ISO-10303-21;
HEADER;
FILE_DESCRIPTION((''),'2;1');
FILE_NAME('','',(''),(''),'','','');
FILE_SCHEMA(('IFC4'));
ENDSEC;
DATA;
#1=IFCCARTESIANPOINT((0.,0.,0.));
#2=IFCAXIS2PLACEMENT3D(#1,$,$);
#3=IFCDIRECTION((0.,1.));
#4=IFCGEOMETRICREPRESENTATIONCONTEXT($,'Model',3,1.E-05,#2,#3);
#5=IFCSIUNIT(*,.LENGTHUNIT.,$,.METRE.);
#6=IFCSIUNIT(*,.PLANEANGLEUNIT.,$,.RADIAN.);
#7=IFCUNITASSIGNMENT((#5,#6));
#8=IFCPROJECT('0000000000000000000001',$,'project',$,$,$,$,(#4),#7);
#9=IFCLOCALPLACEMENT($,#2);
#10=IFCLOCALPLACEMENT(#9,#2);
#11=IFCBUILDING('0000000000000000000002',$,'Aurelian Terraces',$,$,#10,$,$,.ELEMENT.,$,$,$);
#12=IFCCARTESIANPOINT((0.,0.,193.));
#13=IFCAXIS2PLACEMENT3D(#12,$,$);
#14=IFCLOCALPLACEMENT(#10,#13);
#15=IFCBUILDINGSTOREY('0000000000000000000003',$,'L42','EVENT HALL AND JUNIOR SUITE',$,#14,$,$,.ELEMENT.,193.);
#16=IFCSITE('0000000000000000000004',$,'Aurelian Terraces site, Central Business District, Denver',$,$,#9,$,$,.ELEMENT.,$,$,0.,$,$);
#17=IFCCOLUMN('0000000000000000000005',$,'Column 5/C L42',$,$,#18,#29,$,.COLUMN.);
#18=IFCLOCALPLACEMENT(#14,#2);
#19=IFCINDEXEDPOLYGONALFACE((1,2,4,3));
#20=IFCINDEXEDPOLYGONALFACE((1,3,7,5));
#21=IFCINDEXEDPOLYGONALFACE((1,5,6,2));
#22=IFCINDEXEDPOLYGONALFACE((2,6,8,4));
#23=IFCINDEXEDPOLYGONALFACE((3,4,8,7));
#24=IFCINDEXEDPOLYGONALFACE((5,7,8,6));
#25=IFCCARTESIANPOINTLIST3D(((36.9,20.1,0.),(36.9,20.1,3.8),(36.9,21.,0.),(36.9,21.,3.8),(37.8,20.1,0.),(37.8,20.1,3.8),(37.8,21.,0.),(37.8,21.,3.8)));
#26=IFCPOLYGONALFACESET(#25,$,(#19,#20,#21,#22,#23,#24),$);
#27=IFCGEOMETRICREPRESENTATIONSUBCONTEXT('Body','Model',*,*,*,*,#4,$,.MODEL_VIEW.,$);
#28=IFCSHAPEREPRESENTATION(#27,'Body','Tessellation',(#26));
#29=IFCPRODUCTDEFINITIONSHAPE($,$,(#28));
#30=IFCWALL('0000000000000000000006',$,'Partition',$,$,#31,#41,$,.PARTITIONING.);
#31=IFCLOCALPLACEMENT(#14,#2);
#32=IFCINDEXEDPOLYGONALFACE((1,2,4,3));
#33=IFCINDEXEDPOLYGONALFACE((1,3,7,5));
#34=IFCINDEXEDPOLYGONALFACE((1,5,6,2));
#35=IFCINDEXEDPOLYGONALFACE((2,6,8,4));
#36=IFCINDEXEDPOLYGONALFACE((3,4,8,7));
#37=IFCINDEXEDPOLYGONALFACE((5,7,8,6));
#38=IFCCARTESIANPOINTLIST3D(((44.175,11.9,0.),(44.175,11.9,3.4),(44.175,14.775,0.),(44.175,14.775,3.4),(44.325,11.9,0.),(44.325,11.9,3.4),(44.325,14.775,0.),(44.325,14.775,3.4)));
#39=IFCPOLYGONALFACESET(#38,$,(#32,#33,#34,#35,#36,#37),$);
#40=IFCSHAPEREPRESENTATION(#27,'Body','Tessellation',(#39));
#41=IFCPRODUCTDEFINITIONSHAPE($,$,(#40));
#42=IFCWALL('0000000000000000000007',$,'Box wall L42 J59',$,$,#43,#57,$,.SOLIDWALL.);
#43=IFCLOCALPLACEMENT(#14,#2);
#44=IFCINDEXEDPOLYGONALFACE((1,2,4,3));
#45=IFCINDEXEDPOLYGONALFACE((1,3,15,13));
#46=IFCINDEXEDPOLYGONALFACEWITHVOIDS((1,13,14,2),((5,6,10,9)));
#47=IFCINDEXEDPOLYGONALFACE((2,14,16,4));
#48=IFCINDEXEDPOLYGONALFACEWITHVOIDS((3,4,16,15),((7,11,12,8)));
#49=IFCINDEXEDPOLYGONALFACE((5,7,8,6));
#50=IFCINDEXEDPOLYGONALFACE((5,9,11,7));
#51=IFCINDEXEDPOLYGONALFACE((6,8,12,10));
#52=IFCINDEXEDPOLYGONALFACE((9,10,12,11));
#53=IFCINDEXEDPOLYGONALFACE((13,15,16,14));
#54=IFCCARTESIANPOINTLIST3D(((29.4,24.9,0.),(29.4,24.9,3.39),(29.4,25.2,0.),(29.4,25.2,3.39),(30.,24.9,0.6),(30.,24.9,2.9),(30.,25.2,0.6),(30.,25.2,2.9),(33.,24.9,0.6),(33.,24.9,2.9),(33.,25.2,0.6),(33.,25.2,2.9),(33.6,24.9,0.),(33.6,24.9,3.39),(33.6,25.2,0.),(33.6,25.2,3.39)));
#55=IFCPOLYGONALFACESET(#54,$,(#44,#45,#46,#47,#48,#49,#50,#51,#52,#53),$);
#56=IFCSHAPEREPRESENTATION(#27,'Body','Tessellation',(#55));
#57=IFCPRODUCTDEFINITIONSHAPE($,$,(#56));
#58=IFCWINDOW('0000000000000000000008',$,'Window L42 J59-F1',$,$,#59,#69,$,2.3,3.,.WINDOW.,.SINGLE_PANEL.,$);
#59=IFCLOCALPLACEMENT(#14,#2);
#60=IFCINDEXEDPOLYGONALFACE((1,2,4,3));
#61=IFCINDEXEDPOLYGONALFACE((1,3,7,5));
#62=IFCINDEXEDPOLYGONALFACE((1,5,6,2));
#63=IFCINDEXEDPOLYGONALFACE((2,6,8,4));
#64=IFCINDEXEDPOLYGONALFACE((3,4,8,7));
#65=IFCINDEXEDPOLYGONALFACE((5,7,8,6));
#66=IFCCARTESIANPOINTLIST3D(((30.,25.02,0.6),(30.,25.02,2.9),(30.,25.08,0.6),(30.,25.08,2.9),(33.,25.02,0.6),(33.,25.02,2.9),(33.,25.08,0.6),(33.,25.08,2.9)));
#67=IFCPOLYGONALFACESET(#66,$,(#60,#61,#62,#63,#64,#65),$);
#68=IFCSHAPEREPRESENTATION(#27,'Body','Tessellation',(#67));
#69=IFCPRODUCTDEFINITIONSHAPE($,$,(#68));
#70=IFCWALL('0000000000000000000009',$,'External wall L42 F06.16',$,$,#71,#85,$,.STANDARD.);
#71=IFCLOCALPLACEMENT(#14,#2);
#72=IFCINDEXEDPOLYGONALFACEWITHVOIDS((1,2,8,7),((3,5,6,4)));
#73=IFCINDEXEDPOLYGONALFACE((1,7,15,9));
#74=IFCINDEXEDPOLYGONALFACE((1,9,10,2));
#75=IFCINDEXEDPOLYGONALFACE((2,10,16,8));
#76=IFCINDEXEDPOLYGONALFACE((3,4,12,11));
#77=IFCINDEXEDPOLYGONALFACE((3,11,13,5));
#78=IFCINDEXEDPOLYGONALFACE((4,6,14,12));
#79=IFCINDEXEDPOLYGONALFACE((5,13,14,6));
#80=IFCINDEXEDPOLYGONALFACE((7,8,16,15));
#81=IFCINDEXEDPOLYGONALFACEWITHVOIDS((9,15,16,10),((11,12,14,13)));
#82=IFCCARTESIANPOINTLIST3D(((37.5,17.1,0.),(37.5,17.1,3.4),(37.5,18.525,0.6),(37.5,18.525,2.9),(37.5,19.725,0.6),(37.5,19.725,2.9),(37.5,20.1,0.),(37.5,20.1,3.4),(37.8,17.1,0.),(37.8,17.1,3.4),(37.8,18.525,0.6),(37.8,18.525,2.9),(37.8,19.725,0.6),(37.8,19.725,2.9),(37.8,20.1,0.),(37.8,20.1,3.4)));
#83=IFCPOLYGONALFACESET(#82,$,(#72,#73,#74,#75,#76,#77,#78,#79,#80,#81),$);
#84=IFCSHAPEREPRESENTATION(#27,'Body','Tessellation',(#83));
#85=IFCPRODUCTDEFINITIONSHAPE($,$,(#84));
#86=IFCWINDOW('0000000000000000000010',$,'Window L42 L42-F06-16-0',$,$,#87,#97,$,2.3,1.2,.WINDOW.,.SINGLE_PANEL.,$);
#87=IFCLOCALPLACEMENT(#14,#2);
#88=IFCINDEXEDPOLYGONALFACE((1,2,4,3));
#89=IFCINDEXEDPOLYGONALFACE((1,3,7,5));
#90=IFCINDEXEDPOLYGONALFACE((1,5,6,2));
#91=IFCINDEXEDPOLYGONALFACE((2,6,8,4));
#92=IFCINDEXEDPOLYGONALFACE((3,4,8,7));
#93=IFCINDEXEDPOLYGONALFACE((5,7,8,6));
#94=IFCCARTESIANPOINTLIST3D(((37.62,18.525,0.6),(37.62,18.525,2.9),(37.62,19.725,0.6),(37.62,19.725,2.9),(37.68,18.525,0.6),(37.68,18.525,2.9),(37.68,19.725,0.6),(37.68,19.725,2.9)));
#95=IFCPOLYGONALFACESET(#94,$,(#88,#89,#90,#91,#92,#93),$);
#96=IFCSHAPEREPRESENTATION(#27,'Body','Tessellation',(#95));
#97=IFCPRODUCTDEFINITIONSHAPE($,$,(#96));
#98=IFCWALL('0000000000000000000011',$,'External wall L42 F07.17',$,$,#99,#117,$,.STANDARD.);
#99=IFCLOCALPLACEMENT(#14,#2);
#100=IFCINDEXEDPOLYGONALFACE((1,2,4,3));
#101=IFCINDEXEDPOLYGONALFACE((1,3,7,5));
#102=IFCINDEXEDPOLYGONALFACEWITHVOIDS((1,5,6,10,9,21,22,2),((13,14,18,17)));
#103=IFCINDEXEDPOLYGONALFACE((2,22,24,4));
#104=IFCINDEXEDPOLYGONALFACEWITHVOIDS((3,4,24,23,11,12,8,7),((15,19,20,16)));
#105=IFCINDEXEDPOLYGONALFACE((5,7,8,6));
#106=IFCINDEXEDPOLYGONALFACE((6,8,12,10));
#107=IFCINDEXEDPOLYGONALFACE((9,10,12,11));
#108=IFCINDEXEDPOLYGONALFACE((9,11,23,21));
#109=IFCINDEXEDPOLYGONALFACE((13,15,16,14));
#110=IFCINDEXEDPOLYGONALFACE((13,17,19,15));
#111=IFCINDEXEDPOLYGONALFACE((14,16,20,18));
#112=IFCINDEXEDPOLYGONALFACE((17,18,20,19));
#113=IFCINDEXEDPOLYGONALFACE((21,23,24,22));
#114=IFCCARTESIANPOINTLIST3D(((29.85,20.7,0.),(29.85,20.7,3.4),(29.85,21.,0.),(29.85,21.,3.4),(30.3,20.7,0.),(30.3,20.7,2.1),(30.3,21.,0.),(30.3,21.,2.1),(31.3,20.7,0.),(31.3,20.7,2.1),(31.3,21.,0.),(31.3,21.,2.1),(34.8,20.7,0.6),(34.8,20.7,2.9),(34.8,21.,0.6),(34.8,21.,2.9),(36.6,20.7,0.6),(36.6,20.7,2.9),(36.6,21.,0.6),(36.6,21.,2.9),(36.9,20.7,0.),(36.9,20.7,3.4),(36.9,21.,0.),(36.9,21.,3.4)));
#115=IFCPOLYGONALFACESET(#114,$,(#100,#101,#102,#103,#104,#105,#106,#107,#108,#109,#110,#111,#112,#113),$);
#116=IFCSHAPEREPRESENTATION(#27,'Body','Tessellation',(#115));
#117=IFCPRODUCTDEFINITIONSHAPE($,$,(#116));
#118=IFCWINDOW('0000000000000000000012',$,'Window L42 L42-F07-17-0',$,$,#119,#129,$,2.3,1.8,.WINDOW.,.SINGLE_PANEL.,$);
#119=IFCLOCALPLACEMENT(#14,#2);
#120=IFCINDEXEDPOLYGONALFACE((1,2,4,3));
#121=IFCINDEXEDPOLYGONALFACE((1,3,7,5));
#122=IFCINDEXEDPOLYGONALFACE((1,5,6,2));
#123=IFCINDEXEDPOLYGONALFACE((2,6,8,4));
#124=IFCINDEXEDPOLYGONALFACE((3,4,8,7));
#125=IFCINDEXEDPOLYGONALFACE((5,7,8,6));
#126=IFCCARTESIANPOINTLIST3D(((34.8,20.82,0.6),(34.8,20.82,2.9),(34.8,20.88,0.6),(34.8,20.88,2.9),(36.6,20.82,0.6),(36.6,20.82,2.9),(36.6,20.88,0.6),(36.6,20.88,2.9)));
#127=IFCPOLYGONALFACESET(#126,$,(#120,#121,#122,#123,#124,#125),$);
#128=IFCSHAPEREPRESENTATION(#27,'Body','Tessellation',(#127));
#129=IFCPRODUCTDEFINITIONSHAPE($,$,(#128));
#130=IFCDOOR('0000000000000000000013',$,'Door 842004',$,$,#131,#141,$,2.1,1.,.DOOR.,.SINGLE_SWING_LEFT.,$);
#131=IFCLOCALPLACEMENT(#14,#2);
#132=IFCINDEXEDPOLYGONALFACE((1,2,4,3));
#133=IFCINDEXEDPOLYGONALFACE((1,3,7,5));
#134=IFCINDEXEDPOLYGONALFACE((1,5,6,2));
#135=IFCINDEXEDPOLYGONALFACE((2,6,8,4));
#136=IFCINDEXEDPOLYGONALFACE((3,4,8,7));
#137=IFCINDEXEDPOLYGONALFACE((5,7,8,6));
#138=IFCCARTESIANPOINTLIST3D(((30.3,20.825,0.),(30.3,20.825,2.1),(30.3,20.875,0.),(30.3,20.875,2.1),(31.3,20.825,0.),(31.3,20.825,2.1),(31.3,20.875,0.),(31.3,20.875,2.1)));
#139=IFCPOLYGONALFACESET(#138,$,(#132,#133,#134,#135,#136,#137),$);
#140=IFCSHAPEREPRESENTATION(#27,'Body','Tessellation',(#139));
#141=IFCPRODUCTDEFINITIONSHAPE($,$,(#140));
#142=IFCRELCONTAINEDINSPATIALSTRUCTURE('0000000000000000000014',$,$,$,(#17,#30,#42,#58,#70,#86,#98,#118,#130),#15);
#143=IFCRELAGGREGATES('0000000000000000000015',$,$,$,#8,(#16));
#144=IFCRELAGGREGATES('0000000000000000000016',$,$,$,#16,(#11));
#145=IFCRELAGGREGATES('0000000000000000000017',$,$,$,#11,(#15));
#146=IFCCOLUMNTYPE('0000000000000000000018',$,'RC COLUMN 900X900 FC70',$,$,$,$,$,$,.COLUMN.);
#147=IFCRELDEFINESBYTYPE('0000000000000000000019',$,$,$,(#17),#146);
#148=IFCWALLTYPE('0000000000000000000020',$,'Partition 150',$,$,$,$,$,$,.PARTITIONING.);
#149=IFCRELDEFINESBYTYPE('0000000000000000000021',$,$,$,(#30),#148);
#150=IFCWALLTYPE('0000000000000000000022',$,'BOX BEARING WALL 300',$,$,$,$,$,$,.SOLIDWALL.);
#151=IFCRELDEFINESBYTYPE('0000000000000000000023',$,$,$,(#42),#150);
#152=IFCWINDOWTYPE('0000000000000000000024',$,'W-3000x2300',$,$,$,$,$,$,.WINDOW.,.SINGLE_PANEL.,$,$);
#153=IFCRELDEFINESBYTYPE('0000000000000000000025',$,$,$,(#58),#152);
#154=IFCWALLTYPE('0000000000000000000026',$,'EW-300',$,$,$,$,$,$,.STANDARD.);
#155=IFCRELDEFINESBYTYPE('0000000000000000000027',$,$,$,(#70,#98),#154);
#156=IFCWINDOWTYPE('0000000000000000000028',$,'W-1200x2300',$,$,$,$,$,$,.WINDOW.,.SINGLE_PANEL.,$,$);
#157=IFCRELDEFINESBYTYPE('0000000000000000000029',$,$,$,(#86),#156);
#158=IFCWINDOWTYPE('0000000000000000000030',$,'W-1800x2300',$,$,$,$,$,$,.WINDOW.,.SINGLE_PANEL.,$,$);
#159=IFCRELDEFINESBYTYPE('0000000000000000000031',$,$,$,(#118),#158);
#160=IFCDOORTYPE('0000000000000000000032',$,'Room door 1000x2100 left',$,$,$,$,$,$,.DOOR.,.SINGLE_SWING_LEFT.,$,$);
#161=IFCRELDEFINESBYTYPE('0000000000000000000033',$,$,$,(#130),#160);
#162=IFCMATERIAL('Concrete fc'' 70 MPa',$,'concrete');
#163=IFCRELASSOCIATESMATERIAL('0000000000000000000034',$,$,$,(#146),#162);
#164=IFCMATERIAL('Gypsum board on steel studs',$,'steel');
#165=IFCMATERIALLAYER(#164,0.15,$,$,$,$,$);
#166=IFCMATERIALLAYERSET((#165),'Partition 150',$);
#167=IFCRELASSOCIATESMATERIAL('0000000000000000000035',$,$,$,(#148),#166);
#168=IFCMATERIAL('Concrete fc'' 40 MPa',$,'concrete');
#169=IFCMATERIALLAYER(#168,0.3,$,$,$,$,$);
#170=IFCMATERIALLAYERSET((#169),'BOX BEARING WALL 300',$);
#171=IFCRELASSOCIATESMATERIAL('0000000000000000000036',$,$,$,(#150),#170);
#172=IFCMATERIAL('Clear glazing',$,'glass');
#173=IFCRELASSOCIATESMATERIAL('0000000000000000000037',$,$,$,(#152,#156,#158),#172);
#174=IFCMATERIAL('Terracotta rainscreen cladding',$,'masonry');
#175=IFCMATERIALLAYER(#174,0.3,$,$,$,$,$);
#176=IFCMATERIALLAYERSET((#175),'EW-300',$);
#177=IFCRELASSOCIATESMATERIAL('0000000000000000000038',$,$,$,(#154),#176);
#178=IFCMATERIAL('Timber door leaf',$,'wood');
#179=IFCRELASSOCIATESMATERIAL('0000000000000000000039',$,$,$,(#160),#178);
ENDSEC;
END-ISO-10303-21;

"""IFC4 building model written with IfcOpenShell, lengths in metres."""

from ifc_helpers import new_model, si_unit, direction, frame, frame_2d, origin, origin_2d, place, context, subcontext, project, spatial, rectangle, extrude, source, transform, mapped, material, layer, layer_set, material_profile, profile_set, type_object, element, fill, save


model = new_model("IFC4")

# Units and contexts
model_context = context("Model", 3, precision=1e-05, world=origin(), true_north=direction((0.0, 1.0)))
body_context = subcontext(model_context, "Body", "Model", "MODEL_VIEW")
ifc_project = project(units=[si_unit("LENGTHUNIT", "METRE"), si_unit("PLANEANGLEUNIT", "RADIAN")], contexts=[model_context])

# Site, building, storey
site_placement = place(None, origin())
site = spatial("IfcSite", under=ifc_project, at=site_placement, Name="Aurelian Terraces site, Central Business District, Denver", CompositionType="ELEMENT", RefElevation=0.0)
building_placement = place(site_placement, origin())
building = spatial("IfcBuilding", under=site, at=building_placement, Name="Aurelian Terraces", CompositionType="ELEMENT")
storey_placement = place(building_placement, frame((0.0, 0.0, 193.0)))
storey = spatial("IfcBuildingStorey", under=building, at=storey_placement, Name="L42", Description="EVENT HALL AND JUNIOR SUITE", CompositionType="ELEMENT", Elevation=193.0)

# Column
ifc_material_1 = material(Name="Concrete fc' 70 MPa", Category="concrete")
ifc_material_profile = material_profile(ifc_material_1, rectangle(XDim=0.9, YDim=0.9, at=origin_2d()))
ifc_profile_set = profile_set([ifc_material_profile], Name="Concrete fc' 70 MPa")
column_type = type_object("IfcColumnType", Name="RC COLUMN 900X900 FC70", PredefinedType="COLUMN", material=ifc_profile_set)
shared_shape_1 = source(origin(), body_context, "Body", "SweptSolid", [
    extrude(rectangle(XDim=0.9, YDim=0.9, at=origin_2d()), origin(), (0.0, 0.0, 1.0), 3.8),
])
column_placement = place(storey_placement, frame((37.35, 20.55, 0.0), z_axis=(0.0, 0.0, 1.0), x_axis=(1.0, 0.0, 0.0)))
element("IfcColumn", 1, at=column_placement, inside=storey, type_object=column_type, Name="Column 5/C L42", PredefinedType="COLUMN", context=body_context, shape_type="MappedRepresentation", body=[
    mapped(shared_shape_1, transform((0.0, 0.0, 0.0), scale=1.0)),
])

# Wall
ifc_material_2 = material(Name="Gypsum board on steel studs", Category="steel")
ifc_layer_1 = layer(ifc_material_2, 0.15)
ifc_layer_set_1 = layer_set([ifc_layer_1], Name="Partition 150")
wall_type_1 = type_object("IfcWallType", Name="Partition 150", PredefinedType="PARTITIONING", material=ifc_layer_set_1)
wall_1_placement = place(storey_placement, frame((44.25, 11.9, 0.0), z_axis=(0.0, 0.0, 1.0), x_axis=(0.0, 1.0, 0.0)))
element("IfcWall", 2, at=wall_1_placement, inside=storey, type_object=wall_type_1, Name="Partition", PredefinedType="PARTITIONING", context=body_context, shape_type="SweptSolid", body=[
    extrude(rectangle(XDim=2.875, YDim=0.15, at=frame_2d((1.4375, 0.0))), origin(), (0.0, 0.0, 1.0), 3.4),
])

# Walls, openings, windows
ifc_material_3 = material(Name="Concrete fc' 40 MPa", Category="concrete")
ifc_layer_2 = layer(ifc_material_3, 0.3)
ifc_layer_set_2 = layer_set([ifc_layer_2], Name="BOX BEARING WALL 300")
wall_type_2 = type_object("IfcWallType", Name="BOX BEARING WALL 300", PredefinedType="SOLIDWALL", material=ifc_layer_set_2)
shared_shape_2 = source(origin(), body_context, "Body", "SweptSolid", [
    extrude(rectangle(XDim=4.2, YDim=0.3, at=frame_2d((2.1, 0.0))), origin(), (0.0, 0.0, 1.0), 3.39),
])
wall_2_placement = place(storey_placement, frame((33.6, 25.05, 0.0), z_axis=(0.0, 0.0, 1.0), x_axis=(-1.0, 0.0, 0.0)))
wall_2 = element("IfcWall", 3, at=wall_2_placement, inside=storey, type_object=wall_type_2, Name="Box wall L42 J59", PredefinedType="SOLIDWALL", context=body_context, shape_type="MappedRepresentation", body=[
    mapped(shared_shape_2, transform((0.0, 0.0, 0.0), scale=1.0)),
])
shared_shape_3 = source(origin(), body_context, "Body", "SweptSolid", [
    extrude(rectangle(XDim=3.0, YDim=2.3, at=frame_2d((1.5, 1.15))), frame((0.0, 0.16, 0.0), z_axis=(0.0, -1.0, 0.0), x_axis=(1.0, 0.0, 0.0)), (0.0, 0.0, 1.0), 0.32),
])
opening_1_placement = place(wall_2_placement, frame((0.6, 0.0, 0.6)))
opening_1 = element("IfcOpeningElement", 4, at=opening_1_placement, cuts=wall_2, PredefinedType="OPENING", context=body_context, shape_type="MappedRepresentation", body=[
    mapped(shared_shape_3, transform((0.0, 0.0, 0.0), scale=1.0)),
])
ifc_material_4 = material(Name="Clear glazing", Category="glass")
window_type_1 = type_object("IfcWindowType", Name="W-3000x2300", PartitioningType="SINGLE_PANEL", PredefinedType="WINDOW", material=ifc_material_4)
shared_shape_4 = source(origin(), body_context, "Body", "SweptSolid", [
    extrude(rectangle(XDim=3.0, YDim=2.3, at=frame_2d((1.5, 1.15))), frame((0.0, 0.03, 0.0), z_axis=(0.0, -1.0, 0.0), x_axis=(1.0, 0.0, 0.0)), (0.0, 0.0, 1.0), 0.06),
])
window_1_placement = place(opening_1_placement, origin())
window_1 = element("IfcWindow", 5, at=window_1_placement, inside=storey, type_object=window_type_1, Name="Window L42 J59-F1", OverallHeight=2.3, OverallWidth=3.0, PartitioningType="SINGLE_PANEL", PredefinedType="WINDOW", context=body_context, shape_type="MappedRepresentation", body=[
    mapped(shared_shape_4, transform((0.0, 0.0, 0.0), scale=1.0)),
])
fill(opening_1, window_1)
ifc_material_5 = material(Name="Terracotta rainscreen cladding", Category="masonry")
ifc_layer_3 = layer(ifc_material_5, 0.3)
ifc_layer_set_3 = layer_set([ifc_layer_3], Name="EW-300")
wall_type_3 = type_object("IfcWallType", Name="EW-300", PredefinedType="STANDARD", material=ifc_layer_set_3)
shared_shape_5 = source(origin(), body_context, "Body", "SweptSolid", [
    extrude(rectangle(XDim=3.0, YDim=0.3, at=frame_2d((1.5, 0.0))), origin(), (0.0, 0.0, 1.0), 3.4),
])
wall_3_placement = place(storey_placement, frame((37.65, 17.1, 0.0), z_axis=(0.0, 0.0, 1.0), x_axis=(0.0, 1.0, 0.0)))
wall_3 = element("IfcWall", 6, at=wall_3_placement, inside=storey, type_object=wall_type_3, Name="External wall L42 F06.16", PredefinedType="STANDARD", context=body_context, shape_type="MappedRepresentation", body=[
    mapped(shared_shape_5, transform((0.0, 0.0, 0.0), scale=1.0)),
])
shared_shape_6 = source(origin(), body_context, "Body", "SweptSolid", [
    extrude(rectangle(XDim=1.2, YDim=2.3, at=frame_2d((0.6, 1.15))), frame((0.0, 0.16, 0.0), z_axis=(0.0, -1.0, 0.0), x_axis=(1.0, 0.0, 0.0)), (0.0, 0.0, 1.0), 0.32),
])
opening_2_placement = place(wall_3_placement, frame((1.425, 0.0, 0.6)))
opening_2 = element("IfcOpeningElement", 7, at=opening_2_placement, cuts=wall_3, PredefinedType="OPENING", context=body_context, shape_type="MappedRepresentation", body=[
    mapped(shared_shape_6, transform((0.0, 0.0, 0.0), scale=1.0)),
])
window_type_2 = type_object("IfcWindowType", Name="W-1200x2300", PartitioningType="SINGLE_PANEL", PredefinedType="WINDOW", material=ifc_material_4)
shared_shape_7 = source(origin(), body_context, "Body", "SweptSolid", [
    extrude(rectangle(XDim=1.2, YDim=2.3, at=frame_2d((0.6, 1.15))), frame((0.0, 0.03, 0.0), z_axis=(0.0, -1.0, 0.0), x_axis=(1.0, 0.0, 0.0)), (0.0, 0.0, 1.0), 0.06),
])
window_2_placement = place(opening_2_placement, origin())
window_2 = element("IfcWindow", 8, at=window_2_placement, inside=storey, type_object=window_type_2, Name="Window L42 L42-F06-16-0", OverallHeight=2.3, OverallWidth=1.2, PartitioningType="SINGLE_PANEL", PredefinedType="WINDOW", context=body_context, shape_type="MappedRepresentation", body=[
    mapped(shared_shape_7, transform((0.0, 0.0, 0.0), scale=1.0)),
])
fill(opening_2, window_2)

# Wall, openings, window, door
shared_shape_8 = source(origin(), body_context, "Body", "SweptSolid", [
    extrude(rectangle(XDim=7.05, YDim=0.3, at=frame_2d((3.525, 0.0))), origin(), (0.0, 0.0, 1.0), 3.4),
])
wall_4_placement = place(storey_placement, frame((36.9, 20.85, 0.0), z_axis=(0.0, 0.0, 1.0), x_axis=(-1.0, 0.0, 0.0)))
wall_4 = element("IfcWall", 9, at=wall_4_placement, inside=storey, type_object=wall_type_3, Name="External wall L42 F07.17", PredefinedType="STANDARD", context=body_context, shape_type="MappedRepresentation", body=[
    mapped(shared_shape_8, transform((0.0, 0.0, 0.0), scale=1.0)),
])
shared_shape_9 = source(origin(), body_context, "Body", "SweptSolid", [
    extrude(rectangle(XDim=1.8, YDim=2.3, at=frame_2d((0.9, 1.15))), frame((0.0, 0.16, 0.0), z_axis=(0.0, -1.0, 0.0), x_axis=(1.0, 0.0, 0.0)), (0.0, 0.0, 1.0), 0.32),
])
opening_3_placement = place(wall_4_placement, frame((0.3, 0.0, 0.6)))
opening_3 = element("IfcOpeningElement", 10, at=opening_3_placement, cuts=wall_4, PredefinedType="OPENING", context=body_context, shape_type="MappedRepresentation", body=[
    mapped(shared_shape_9, transform((0.0, 0.0, 0.0), scale=1.0)),
])
shared_shape_10 = source(origin(), body_context, "Body", "SweptSolid", [
    extrude(rectangle(XDim=1.0, YDim=2.1, at=frame_2d((0.5, 1.05))), frame((0.0, 0.16, 0.0), z_axis=(0.0, -1.0, 0.0), x_axis=(1.0, 0.0, 0.0)), (0.0, 0.0, 1.0), 0.32),
])
opening_4_placement = place(wall_4_placement, frame((5.6, 0.0, 0.0)))
opening_4 = element("IfcOpeningElement", 11, at=opening_4_placement, cuts=wall_4, PredefinedType="OPENING", context=body_context, shape_type="MappedRepresentation", body=[
    mapped(shared_shape_10, transform((0.0, 0.0, 0.0), scale=1.0)),
])
window_type_3 = type_object("IfcWindowType", Name="W-1800x2300", PartitioningType="SINGLE_PANEL", PredefinedType="WINDOW", material=ifc_material_4)
shared_shape_11 = source(origin(), body_context, "Body", "SweptSolid", [
    extrude(rectangle(XDim=1.8, YDim=2.3, at=frame_2d((0.9, 1.15))), frame((0.0, 0.03, 0.0), z_axis=(0.0, -1.0, 0.0), x_axis=(1.0, 0.0, 0.0)), (0.0, 0.0, 1.0), 0.06),
])
window_3_placement = place(opening_3_placement, origin())
window_3 = element("IfcWindow", 12, at=window_3_placement, inside=storey, type_object=window_type_3, Name="Window L42 L42-F07-17-0", OverallHeight=2.3, OverallWidth=1.8, PartitioningType="SINGLE_PANEL", PredefinedType="WINDOW", context=body_context, shape_type="MappedRepresentation", body=[
    mapped(shared_shape_11, transform((0.0, 0.0, 0.0), scale=1.0)),
])
fill(opening_3, window_3)
ifc_material_6 = material(Name="Timber door leaf", Category="wood")
door_type_1 = type_object("IfcDoorType", Name="Room door 1000x2100 left", OperationType="SINGLE_SWING_LEFT", PredefinedType="DOOR", material=ifc_material_6)
shared_shape_12 = source(origin(), body_context, "Body", "SweptSolid", [
    extrude(rectangle(XDim=1.0, YDim=2.1, at=frame_2d((0.5, 1.05))), frame((0.0, 0.025, 0.0), z_axis=(0.0, -1.0, 0.0), x_axis=(1.0, 0.0, 0.0)), (0.0, 0.0, 1.0), 0.05),
])
door_1_placement = place(opening_4_placement, origin())
door_1 = element("IfcDoor", 13, at=door_1_placement, inside=storey, type_object=door_type_1, Name="Door 842004", OperationType="SINGLE_SWING_LEFT", OverallHeight=2.1, OverallWidth=1.0, PredefinedType="DOOR", context=body_context, shape_type="MappedRepresentation", body=[
    mapped(shared_shape_12, transform((0.0, 0.0, 0.0), scale=1.0)),
])
fill(opening_4, door_1)

save(model, "model.ifc")
